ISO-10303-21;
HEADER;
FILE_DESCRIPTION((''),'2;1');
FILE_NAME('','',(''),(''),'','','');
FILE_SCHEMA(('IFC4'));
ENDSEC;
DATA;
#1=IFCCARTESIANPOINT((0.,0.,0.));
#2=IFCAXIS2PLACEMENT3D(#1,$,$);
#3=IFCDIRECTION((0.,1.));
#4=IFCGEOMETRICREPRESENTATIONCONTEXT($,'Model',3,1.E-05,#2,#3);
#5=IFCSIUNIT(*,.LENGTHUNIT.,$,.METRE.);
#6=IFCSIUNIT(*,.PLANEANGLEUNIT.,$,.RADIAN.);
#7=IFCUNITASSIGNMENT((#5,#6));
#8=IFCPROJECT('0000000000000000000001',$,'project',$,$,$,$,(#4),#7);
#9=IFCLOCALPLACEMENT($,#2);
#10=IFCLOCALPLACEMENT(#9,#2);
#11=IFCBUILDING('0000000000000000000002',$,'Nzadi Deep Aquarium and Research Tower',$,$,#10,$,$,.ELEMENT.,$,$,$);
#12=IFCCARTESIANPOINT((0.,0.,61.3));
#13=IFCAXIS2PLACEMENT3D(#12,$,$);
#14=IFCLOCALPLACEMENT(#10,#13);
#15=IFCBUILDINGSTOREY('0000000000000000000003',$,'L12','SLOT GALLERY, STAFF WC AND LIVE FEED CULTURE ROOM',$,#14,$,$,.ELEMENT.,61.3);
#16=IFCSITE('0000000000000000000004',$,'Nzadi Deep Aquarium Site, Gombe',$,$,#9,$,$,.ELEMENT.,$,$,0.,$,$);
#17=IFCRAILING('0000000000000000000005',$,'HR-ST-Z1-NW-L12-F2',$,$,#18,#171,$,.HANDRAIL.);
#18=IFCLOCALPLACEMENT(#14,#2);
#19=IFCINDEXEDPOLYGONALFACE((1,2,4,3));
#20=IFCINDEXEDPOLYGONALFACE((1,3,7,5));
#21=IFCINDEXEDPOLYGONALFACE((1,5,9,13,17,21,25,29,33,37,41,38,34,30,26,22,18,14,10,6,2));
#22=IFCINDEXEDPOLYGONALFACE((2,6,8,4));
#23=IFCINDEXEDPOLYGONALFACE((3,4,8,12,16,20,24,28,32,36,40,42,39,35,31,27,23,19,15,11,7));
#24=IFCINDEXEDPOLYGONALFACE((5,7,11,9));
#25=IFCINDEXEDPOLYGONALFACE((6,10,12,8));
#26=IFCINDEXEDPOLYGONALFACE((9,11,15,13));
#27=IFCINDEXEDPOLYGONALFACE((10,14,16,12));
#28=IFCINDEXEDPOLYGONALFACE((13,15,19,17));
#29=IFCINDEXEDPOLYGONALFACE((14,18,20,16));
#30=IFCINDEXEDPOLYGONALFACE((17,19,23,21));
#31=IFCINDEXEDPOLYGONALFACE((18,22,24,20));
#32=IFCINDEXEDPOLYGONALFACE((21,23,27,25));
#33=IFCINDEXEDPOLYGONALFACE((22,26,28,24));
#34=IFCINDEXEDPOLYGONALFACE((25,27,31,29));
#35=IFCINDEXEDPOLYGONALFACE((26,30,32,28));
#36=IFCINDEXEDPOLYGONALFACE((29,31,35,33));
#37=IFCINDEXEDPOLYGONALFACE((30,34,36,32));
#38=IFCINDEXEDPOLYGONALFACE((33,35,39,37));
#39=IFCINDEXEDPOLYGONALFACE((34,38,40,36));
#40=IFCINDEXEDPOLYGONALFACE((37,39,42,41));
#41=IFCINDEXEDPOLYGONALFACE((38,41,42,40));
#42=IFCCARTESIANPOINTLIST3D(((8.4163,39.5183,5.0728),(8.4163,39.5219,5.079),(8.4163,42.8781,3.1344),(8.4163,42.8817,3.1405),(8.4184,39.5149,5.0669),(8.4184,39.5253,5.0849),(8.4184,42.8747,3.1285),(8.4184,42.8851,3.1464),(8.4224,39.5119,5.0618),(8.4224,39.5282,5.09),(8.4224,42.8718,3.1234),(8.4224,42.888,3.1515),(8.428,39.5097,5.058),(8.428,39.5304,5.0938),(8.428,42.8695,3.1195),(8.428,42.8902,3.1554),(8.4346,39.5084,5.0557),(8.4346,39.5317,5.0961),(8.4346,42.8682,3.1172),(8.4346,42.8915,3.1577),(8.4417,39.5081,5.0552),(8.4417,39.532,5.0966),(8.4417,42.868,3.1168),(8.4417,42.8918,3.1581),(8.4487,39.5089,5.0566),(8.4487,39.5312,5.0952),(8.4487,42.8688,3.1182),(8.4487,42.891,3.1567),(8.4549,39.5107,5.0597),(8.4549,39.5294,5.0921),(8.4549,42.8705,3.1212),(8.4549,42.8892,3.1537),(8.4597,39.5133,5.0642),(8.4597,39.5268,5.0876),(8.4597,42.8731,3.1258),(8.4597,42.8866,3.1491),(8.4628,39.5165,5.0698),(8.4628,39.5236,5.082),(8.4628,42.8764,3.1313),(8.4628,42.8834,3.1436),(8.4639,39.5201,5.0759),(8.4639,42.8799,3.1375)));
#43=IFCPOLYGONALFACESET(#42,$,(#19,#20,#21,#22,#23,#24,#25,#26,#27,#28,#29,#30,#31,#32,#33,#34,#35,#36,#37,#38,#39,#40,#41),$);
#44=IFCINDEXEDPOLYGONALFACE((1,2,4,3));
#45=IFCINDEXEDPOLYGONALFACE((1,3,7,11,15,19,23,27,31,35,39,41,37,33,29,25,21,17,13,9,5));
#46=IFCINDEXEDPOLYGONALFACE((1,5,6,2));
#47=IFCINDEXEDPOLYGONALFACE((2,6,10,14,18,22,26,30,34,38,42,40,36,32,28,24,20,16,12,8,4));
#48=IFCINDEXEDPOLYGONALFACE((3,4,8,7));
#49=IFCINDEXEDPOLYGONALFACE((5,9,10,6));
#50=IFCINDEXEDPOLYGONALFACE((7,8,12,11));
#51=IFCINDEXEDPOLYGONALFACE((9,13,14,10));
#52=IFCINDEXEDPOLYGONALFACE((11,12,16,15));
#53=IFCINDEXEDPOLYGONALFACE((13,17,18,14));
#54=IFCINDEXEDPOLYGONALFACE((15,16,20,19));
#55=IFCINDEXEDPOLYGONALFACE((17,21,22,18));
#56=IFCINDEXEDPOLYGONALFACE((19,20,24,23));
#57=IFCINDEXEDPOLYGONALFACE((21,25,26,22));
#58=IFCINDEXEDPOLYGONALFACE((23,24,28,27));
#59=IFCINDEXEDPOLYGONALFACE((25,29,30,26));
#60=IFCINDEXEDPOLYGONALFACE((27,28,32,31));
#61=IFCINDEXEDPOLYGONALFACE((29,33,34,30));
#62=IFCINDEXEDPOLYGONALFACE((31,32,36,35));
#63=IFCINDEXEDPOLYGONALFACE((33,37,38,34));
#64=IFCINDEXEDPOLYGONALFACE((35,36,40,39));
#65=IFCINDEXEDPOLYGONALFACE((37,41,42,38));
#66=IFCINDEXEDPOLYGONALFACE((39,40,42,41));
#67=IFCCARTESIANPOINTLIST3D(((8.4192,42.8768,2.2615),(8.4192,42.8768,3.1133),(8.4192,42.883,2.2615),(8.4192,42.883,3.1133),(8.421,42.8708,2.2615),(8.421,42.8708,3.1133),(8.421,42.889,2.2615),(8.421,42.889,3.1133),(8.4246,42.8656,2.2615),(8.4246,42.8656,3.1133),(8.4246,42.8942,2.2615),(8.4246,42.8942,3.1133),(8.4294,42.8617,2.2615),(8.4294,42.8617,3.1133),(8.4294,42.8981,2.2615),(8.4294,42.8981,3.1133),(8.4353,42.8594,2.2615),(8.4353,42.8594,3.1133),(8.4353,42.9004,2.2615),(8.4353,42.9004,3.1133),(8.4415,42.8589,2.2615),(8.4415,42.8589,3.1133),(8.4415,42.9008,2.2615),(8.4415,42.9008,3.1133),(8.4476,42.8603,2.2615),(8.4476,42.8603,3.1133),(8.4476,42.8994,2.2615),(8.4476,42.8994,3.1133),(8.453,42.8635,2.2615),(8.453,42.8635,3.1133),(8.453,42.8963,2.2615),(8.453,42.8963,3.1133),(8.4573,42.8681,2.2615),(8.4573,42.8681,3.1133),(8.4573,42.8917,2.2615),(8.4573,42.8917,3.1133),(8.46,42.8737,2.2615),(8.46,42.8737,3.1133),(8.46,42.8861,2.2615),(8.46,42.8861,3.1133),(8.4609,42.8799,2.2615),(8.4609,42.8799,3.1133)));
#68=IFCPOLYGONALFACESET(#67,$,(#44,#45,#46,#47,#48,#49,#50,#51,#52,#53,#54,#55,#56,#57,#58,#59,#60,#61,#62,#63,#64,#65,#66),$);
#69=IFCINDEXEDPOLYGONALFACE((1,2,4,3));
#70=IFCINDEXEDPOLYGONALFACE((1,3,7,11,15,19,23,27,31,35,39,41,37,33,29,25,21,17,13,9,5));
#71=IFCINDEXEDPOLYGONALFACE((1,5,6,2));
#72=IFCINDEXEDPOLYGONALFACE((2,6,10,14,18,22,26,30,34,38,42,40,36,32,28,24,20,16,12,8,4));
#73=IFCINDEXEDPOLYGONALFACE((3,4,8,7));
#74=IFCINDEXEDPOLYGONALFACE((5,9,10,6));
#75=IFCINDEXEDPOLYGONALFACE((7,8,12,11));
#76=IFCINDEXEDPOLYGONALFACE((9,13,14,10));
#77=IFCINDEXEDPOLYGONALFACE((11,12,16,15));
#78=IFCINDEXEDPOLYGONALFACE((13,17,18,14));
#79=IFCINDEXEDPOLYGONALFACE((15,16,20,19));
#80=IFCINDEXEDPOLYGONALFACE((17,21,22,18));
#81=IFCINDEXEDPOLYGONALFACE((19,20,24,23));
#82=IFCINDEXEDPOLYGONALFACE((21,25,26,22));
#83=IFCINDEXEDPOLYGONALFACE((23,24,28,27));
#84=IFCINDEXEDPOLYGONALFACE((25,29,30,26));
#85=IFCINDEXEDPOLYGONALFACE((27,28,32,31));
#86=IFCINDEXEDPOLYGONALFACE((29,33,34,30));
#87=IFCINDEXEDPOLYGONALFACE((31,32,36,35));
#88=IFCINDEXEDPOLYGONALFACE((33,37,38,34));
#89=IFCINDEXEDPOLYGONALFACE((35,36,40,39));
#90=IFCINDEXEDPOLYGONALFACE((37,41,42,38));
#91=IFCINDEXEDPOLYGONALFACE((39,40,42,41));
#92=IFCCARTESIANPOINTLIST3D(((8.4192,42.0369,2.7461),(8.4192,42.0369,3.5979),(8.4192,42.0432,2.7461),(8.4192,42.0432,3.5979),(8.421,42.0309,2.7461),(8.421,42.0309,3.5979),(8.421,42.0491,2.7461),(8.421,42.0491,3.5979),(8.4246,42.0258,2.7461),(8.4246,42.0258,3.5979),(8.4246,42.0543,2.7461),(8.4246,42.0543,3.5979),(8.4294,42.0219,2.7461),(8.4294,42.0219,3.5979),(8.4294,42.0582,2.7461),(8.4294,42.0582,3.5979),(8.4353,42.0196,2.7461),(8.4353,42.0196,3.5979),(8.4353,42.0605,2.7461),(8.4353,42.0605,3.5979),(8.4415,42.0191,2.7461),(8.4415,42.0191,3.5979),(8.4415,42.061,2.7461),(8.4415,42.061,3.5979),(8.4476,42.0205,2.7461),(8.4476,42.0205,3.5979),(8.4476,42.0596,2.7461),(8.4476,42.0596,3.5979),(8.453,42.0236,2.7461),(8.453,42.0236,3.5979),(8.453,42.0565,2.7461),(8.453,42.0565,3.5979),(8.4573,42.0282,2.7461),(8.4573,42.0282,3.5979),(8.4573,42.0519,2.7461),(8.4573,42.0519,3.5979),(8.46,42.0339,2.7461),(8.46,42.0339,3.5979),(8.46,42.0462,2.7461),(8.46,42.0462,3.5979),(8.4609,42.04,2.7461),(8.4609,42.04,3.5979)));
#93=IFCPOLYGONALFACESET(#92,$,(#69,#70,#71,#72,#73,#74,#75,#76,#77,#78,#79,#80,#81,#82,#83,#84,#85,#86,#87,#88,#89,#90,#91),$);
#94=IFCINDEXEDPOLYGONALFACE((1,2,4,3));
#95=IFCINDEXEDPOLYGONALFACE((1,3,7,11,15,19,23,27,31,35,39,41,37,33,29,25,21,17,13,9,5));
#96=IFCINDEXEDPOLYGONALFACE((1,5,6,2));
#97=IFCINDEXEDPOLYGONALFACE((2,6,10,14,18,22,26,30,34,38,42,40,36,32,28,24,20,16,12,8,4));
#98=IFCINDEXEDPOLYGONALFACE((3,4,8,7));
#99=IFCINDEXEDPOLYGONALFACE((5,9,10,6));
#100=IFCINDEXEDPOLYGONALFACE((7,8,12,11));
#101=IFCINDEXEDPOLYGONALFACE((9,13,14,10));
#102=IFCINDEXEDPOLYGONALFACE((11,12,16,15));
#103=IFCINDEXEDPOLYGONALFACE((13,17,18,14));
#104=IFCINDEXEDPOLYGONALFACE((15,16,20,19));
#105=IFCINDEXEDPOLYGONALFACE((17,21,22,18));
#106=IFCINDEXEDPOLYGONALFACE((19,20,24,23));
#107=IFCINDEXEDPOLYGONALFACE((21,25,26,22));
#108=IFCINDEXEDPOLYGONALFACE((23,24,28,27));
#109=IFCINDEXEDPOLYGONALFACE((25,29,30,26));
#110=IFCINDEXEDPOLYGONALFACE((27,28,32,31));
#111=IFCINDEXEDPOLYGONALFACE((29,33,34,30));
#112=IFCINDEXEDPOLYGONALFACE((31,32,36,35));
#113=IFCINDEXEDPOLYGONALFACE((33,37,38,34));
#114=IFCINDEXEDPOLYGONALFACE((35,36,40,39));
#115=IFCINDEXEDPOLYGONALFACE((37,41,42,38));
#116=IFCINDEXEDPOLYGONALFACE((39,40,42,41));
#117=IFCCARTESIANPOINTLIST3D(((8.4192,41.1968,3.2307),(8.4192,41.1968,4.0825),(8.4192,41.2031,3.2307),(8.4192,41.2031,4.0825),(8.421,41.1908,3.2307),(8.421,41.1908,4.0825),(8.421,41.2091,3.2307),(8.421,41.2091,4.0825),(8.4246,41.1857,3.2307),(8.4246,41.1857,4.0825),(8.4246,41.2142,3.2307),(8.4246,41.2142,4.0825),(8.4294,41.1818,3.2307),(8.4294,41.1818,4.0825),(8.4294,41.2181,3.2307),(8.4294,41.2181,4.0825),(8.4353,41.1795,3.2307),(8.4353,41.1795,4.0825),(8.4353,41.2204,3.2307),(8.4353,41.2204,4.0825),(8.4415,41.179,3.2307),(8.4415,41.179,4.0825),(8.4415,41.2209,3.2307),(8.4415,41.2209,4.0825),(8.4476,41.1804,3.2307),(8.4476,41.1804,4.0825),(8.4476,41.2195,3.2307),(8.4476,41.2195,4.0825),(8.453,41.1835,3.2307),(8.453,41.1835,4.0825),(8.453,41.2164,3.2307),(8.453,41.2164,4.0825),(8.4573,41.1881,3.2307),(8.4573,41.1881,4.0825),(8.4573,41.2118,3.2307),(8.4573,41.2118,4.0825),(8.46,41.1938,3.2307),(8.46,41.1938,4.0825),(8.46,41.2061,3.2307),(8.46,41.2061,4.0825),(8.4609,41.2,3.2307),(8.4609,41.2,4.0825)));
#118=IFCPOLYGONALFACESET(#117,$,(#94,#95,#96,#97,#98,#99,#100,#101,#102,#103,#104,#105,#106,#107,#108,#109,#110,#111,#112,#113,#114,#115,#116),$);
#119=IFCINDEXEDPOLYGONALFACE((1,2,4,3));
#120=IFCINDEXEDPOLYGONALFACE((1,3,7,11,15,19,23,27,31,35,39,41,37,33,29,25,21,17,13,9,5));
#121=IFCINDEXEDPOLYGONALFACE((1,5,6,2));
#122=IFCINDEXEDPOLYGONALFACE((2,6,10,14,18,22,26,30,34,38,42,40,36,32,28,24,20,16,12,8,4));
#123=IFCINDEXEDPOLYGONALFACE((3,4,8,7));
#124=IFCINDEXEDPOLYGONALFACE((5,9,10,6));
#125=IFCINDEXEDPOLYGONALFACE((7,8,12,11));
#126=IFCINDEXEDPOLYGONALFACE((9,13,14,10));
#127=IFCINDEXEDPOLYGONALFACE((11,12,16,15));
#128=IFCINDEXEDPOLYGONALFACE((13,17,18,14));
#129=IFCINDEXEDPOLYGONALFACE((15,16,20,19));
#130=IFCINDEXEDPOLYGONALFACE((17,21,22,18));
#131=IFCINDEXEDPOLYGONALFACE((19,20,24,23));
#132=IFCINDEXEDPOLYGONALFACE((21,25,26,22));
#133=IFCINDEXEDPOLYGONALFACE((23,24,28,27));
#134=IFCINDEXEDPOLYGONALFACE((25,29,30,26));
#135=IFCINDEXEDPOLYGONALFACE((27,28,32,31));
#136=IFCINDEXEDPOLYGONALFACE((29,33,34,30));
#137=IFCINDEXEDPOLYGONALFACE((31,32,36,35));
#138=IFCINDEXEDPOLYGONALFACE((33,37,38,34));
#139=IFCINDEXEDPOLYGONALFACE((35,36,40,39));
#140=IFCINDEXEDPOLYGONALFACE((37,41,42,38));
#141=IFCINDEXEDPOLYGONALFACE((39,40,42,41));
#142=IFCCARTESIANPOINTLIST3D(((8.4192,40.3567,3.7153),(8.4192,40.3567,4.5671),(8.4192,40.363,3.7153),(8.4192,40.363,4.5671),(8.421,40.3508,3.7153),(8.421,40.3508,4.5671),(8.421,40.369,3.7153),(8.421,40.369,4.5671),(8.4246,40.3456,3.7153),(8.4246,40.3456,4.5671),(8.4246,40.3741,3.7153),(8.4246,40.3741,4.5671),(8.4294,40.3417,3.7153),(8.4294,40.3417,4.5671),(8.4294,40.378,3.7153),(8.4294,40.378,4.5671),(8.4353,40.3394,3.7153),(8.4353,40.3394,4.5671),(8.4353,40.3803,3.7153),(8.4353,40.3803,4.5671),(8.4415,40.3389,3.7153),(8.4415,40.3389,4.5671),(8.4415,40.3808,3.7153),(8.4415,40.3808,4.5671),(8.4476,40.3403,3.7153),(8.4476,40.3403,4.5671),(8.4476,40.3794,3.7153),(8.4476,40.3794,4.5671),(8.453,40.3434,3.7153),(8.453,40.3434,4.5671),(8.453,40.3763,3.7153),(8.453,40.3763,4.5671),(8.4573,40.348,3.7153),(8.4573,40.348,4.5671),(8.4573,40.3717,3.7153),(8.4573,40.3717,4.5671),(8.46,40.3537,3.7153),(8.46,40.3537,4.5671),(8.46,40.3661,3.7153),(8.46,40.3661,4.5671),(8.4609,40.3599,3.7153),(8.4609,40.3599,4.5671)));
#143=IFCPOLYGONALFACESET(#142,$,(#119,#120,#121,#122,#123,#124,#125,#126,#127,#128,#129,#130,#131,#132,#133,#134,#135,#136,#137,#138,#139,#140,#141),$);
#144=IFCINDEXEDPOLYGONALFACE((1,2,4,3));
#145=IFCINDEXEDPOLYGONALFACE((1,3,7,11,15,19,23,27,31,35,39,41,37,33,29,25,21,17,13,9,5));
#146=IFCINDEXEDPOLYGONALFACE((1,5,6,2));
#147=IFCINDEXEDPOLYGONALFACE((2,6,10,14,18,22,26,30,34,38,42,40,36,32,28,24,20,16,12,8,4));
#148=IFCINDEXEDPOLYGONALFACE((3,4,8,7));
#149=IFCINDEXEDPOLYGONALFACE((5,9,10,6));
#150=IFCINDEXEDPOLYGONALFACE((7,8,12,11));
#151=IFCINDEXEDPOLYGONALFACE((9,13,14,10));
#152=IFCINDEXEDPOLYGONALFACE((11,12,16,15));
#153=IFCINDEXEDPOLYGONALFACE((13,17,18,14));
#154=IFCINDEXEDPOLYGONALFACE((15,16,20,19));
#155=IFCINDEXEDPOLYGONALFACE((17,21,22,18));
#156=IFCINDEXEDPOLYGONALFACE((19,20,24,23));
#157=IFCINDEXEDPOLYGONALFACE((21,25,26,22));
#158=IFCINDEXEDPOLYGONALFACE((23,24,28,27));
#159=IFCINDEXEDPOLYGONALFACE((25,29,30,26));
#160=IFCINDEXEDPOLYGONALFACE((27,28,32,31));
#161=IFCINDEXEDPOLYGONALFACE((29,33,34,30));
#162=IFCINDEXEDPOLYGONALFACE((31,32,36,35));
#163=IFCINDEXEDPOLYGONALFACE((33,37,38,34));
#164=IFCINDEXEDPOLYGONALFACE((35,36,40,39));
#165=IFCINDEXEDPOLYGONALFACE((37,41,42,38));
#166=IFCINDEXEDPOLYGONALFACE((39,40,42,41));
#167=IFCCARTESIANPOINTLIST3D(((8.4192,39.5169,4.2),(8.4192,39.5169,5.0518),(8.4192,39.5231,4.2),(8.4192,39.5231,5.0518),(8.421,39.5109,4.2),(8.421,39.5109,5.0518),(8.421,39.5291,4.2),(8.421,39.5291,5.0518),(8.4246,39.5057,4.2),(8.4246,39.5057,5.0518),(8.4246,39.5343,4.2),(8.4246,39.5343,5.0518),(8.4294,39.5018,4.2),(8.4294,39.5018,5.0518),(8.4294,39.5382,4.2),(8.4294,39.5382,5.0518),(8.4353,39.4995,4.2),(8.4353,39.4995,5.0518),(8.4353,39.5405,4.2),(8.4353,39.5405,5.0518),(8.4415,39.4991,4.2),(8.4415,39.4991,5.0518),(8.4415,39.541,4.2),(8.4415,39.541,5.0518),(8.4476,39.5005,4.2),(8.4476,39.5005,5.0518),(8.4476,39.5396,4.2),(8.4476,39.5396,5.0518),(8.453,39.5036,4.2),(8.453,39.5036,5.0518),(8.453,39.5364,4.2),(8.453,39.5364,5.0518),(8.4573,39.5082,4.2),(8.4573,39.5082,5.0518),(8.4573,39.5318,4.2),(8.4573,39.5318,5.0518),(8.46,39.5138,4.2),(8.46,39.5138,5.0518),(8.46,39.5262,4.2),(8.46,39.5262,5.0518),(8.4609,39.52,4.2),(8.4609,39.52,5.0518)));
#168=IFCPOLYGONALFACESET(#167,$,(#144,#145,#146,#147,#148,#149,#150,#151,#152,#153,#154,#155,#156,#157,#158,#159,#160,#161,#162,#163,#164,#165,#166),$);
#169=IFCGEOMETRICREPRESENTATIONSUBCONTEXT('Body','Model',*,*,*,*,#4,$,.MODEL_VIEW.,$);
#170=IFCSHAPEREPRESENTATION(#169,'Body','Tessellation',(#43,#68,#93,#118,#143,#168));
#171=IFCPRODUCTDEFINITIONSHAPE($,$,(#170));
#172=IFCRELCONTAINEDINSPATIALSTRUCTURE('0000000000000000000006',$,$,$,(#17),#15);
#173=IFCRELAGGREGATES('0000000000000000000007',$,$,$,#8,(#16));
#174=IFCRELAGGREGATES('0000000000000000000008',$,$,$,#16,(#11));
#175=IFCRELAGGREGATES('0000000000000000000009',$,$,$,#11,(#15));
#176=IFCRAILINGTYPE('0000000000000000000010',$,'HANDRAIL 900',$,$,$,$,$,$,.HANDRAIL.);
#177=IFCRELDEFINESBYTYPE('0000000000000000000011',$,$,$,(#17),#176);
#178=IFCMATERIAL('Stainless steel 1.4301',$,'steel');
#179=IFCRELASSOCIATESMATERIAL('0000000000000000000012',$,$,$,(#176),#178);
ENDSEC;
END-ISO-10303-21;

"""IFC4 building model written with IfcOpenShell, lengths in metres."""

from ifc_helpers import new_model, si_unit, direction, frame, origin, origin_2d, place, context, subcontext, project, spatial, circle, extrude, material, type_object, element, save


model = new_model("IFC4")

# Units and contexts
model_context = context("Model", 3, precision=1e-05, world=origin(), true_north=direction((0.0, 1.0)))
body_context = subcontext(model_context, "Body", "Model", "MODEL_VIEW")
ifc_project = project(units=[si_unit("LENGTHUNIT", "METRE"), si_unit("PLANEANGLEUNIT", "RADIAN")], contexts=[model_context])

# Site, building, storey
site_placement = place(None, origin())
site = spatial("IfcSite", under=ifc_project, at=site_placement, Name="Nzadi Deep Aquarium Site, Gombe", CompositionType="ELEMENT", RefElevation=0.0)
building_placement = place(site_placement, origin())
building = spatial("IfcBuilding", under=site, at=building_placement, Name="Nzadi Deep Aquarium and Research Tower", CompositionType="ELEMENT")
storey_placement = place(building_placement, frame((0.0, 0.0, 61.3)))
storey = spatial("IfcBuildingStorey", under=building, at=storey_placement, Name="L12", Description="SLOT GALLERY, STAFF WC AND LIVE FEED CULTURE ROOM", CompositionType="ELEMENT", Elevation=61.3)

# Railing
ifc_material_1 = material(Name="Stainless steel 1.4301", Category="steel")
railing_type = type_object("IfcRailingType", Name="HANDRAIL 900", PredefinedType="HANDRAIL", material=ifc_material_1)
for number, where, name in (
    (1, (8.4399, 42.8799, 2.2615), "HR-ST-Z1-NW-L12-F2"),
):
    element("IfcRailing", number, at=place(storey_placement, frame(where)), inside=storey, type_object=railing_type, Name=name, PredefinedType="HANDRAIL", context=body_context, shape_type="SweptSolid", body=[
        extrude(circle(Radius=0.0239, at=origin_2d()), frame((0.0, 0.0, 0.876), z_axis=(0.0, -0.866175, 0.499741), x_axis=(1.0, 0.0, 0.0)), (0.0, 0.0, 1.0), 3.8789),
        extrude(circle(Radius=0.021, at=origin_2d()), origin(), (0.0, 0.0, 1.0), 0.8518),
        extrude(circle(Radius=0.021, at=origin_2d()), frame((0.0, -0.8398, 0.4846)), (0.0, 0.0, 1.0), 0.8518),
        extrude(circle(Radius=0.021, at=origin_2d()), frame((0.0, -1.6799, 0.9692)), (0.0, 0.0, 1.0), 0.8518),
        extrude(circle(Radius=0.021, at=origin_2d()), frame((0.0, -2.52, 1.4539)), (0.0, 0.0, 1.0), 0.8518),
        extrude(circle(Radius=0.021, at=origin_2d()), frame((0.0, -3.3599, 1.9385)), (0.0, 0.0, 1.0), 0.8518),
    ])

save(model, "model.ifc")
